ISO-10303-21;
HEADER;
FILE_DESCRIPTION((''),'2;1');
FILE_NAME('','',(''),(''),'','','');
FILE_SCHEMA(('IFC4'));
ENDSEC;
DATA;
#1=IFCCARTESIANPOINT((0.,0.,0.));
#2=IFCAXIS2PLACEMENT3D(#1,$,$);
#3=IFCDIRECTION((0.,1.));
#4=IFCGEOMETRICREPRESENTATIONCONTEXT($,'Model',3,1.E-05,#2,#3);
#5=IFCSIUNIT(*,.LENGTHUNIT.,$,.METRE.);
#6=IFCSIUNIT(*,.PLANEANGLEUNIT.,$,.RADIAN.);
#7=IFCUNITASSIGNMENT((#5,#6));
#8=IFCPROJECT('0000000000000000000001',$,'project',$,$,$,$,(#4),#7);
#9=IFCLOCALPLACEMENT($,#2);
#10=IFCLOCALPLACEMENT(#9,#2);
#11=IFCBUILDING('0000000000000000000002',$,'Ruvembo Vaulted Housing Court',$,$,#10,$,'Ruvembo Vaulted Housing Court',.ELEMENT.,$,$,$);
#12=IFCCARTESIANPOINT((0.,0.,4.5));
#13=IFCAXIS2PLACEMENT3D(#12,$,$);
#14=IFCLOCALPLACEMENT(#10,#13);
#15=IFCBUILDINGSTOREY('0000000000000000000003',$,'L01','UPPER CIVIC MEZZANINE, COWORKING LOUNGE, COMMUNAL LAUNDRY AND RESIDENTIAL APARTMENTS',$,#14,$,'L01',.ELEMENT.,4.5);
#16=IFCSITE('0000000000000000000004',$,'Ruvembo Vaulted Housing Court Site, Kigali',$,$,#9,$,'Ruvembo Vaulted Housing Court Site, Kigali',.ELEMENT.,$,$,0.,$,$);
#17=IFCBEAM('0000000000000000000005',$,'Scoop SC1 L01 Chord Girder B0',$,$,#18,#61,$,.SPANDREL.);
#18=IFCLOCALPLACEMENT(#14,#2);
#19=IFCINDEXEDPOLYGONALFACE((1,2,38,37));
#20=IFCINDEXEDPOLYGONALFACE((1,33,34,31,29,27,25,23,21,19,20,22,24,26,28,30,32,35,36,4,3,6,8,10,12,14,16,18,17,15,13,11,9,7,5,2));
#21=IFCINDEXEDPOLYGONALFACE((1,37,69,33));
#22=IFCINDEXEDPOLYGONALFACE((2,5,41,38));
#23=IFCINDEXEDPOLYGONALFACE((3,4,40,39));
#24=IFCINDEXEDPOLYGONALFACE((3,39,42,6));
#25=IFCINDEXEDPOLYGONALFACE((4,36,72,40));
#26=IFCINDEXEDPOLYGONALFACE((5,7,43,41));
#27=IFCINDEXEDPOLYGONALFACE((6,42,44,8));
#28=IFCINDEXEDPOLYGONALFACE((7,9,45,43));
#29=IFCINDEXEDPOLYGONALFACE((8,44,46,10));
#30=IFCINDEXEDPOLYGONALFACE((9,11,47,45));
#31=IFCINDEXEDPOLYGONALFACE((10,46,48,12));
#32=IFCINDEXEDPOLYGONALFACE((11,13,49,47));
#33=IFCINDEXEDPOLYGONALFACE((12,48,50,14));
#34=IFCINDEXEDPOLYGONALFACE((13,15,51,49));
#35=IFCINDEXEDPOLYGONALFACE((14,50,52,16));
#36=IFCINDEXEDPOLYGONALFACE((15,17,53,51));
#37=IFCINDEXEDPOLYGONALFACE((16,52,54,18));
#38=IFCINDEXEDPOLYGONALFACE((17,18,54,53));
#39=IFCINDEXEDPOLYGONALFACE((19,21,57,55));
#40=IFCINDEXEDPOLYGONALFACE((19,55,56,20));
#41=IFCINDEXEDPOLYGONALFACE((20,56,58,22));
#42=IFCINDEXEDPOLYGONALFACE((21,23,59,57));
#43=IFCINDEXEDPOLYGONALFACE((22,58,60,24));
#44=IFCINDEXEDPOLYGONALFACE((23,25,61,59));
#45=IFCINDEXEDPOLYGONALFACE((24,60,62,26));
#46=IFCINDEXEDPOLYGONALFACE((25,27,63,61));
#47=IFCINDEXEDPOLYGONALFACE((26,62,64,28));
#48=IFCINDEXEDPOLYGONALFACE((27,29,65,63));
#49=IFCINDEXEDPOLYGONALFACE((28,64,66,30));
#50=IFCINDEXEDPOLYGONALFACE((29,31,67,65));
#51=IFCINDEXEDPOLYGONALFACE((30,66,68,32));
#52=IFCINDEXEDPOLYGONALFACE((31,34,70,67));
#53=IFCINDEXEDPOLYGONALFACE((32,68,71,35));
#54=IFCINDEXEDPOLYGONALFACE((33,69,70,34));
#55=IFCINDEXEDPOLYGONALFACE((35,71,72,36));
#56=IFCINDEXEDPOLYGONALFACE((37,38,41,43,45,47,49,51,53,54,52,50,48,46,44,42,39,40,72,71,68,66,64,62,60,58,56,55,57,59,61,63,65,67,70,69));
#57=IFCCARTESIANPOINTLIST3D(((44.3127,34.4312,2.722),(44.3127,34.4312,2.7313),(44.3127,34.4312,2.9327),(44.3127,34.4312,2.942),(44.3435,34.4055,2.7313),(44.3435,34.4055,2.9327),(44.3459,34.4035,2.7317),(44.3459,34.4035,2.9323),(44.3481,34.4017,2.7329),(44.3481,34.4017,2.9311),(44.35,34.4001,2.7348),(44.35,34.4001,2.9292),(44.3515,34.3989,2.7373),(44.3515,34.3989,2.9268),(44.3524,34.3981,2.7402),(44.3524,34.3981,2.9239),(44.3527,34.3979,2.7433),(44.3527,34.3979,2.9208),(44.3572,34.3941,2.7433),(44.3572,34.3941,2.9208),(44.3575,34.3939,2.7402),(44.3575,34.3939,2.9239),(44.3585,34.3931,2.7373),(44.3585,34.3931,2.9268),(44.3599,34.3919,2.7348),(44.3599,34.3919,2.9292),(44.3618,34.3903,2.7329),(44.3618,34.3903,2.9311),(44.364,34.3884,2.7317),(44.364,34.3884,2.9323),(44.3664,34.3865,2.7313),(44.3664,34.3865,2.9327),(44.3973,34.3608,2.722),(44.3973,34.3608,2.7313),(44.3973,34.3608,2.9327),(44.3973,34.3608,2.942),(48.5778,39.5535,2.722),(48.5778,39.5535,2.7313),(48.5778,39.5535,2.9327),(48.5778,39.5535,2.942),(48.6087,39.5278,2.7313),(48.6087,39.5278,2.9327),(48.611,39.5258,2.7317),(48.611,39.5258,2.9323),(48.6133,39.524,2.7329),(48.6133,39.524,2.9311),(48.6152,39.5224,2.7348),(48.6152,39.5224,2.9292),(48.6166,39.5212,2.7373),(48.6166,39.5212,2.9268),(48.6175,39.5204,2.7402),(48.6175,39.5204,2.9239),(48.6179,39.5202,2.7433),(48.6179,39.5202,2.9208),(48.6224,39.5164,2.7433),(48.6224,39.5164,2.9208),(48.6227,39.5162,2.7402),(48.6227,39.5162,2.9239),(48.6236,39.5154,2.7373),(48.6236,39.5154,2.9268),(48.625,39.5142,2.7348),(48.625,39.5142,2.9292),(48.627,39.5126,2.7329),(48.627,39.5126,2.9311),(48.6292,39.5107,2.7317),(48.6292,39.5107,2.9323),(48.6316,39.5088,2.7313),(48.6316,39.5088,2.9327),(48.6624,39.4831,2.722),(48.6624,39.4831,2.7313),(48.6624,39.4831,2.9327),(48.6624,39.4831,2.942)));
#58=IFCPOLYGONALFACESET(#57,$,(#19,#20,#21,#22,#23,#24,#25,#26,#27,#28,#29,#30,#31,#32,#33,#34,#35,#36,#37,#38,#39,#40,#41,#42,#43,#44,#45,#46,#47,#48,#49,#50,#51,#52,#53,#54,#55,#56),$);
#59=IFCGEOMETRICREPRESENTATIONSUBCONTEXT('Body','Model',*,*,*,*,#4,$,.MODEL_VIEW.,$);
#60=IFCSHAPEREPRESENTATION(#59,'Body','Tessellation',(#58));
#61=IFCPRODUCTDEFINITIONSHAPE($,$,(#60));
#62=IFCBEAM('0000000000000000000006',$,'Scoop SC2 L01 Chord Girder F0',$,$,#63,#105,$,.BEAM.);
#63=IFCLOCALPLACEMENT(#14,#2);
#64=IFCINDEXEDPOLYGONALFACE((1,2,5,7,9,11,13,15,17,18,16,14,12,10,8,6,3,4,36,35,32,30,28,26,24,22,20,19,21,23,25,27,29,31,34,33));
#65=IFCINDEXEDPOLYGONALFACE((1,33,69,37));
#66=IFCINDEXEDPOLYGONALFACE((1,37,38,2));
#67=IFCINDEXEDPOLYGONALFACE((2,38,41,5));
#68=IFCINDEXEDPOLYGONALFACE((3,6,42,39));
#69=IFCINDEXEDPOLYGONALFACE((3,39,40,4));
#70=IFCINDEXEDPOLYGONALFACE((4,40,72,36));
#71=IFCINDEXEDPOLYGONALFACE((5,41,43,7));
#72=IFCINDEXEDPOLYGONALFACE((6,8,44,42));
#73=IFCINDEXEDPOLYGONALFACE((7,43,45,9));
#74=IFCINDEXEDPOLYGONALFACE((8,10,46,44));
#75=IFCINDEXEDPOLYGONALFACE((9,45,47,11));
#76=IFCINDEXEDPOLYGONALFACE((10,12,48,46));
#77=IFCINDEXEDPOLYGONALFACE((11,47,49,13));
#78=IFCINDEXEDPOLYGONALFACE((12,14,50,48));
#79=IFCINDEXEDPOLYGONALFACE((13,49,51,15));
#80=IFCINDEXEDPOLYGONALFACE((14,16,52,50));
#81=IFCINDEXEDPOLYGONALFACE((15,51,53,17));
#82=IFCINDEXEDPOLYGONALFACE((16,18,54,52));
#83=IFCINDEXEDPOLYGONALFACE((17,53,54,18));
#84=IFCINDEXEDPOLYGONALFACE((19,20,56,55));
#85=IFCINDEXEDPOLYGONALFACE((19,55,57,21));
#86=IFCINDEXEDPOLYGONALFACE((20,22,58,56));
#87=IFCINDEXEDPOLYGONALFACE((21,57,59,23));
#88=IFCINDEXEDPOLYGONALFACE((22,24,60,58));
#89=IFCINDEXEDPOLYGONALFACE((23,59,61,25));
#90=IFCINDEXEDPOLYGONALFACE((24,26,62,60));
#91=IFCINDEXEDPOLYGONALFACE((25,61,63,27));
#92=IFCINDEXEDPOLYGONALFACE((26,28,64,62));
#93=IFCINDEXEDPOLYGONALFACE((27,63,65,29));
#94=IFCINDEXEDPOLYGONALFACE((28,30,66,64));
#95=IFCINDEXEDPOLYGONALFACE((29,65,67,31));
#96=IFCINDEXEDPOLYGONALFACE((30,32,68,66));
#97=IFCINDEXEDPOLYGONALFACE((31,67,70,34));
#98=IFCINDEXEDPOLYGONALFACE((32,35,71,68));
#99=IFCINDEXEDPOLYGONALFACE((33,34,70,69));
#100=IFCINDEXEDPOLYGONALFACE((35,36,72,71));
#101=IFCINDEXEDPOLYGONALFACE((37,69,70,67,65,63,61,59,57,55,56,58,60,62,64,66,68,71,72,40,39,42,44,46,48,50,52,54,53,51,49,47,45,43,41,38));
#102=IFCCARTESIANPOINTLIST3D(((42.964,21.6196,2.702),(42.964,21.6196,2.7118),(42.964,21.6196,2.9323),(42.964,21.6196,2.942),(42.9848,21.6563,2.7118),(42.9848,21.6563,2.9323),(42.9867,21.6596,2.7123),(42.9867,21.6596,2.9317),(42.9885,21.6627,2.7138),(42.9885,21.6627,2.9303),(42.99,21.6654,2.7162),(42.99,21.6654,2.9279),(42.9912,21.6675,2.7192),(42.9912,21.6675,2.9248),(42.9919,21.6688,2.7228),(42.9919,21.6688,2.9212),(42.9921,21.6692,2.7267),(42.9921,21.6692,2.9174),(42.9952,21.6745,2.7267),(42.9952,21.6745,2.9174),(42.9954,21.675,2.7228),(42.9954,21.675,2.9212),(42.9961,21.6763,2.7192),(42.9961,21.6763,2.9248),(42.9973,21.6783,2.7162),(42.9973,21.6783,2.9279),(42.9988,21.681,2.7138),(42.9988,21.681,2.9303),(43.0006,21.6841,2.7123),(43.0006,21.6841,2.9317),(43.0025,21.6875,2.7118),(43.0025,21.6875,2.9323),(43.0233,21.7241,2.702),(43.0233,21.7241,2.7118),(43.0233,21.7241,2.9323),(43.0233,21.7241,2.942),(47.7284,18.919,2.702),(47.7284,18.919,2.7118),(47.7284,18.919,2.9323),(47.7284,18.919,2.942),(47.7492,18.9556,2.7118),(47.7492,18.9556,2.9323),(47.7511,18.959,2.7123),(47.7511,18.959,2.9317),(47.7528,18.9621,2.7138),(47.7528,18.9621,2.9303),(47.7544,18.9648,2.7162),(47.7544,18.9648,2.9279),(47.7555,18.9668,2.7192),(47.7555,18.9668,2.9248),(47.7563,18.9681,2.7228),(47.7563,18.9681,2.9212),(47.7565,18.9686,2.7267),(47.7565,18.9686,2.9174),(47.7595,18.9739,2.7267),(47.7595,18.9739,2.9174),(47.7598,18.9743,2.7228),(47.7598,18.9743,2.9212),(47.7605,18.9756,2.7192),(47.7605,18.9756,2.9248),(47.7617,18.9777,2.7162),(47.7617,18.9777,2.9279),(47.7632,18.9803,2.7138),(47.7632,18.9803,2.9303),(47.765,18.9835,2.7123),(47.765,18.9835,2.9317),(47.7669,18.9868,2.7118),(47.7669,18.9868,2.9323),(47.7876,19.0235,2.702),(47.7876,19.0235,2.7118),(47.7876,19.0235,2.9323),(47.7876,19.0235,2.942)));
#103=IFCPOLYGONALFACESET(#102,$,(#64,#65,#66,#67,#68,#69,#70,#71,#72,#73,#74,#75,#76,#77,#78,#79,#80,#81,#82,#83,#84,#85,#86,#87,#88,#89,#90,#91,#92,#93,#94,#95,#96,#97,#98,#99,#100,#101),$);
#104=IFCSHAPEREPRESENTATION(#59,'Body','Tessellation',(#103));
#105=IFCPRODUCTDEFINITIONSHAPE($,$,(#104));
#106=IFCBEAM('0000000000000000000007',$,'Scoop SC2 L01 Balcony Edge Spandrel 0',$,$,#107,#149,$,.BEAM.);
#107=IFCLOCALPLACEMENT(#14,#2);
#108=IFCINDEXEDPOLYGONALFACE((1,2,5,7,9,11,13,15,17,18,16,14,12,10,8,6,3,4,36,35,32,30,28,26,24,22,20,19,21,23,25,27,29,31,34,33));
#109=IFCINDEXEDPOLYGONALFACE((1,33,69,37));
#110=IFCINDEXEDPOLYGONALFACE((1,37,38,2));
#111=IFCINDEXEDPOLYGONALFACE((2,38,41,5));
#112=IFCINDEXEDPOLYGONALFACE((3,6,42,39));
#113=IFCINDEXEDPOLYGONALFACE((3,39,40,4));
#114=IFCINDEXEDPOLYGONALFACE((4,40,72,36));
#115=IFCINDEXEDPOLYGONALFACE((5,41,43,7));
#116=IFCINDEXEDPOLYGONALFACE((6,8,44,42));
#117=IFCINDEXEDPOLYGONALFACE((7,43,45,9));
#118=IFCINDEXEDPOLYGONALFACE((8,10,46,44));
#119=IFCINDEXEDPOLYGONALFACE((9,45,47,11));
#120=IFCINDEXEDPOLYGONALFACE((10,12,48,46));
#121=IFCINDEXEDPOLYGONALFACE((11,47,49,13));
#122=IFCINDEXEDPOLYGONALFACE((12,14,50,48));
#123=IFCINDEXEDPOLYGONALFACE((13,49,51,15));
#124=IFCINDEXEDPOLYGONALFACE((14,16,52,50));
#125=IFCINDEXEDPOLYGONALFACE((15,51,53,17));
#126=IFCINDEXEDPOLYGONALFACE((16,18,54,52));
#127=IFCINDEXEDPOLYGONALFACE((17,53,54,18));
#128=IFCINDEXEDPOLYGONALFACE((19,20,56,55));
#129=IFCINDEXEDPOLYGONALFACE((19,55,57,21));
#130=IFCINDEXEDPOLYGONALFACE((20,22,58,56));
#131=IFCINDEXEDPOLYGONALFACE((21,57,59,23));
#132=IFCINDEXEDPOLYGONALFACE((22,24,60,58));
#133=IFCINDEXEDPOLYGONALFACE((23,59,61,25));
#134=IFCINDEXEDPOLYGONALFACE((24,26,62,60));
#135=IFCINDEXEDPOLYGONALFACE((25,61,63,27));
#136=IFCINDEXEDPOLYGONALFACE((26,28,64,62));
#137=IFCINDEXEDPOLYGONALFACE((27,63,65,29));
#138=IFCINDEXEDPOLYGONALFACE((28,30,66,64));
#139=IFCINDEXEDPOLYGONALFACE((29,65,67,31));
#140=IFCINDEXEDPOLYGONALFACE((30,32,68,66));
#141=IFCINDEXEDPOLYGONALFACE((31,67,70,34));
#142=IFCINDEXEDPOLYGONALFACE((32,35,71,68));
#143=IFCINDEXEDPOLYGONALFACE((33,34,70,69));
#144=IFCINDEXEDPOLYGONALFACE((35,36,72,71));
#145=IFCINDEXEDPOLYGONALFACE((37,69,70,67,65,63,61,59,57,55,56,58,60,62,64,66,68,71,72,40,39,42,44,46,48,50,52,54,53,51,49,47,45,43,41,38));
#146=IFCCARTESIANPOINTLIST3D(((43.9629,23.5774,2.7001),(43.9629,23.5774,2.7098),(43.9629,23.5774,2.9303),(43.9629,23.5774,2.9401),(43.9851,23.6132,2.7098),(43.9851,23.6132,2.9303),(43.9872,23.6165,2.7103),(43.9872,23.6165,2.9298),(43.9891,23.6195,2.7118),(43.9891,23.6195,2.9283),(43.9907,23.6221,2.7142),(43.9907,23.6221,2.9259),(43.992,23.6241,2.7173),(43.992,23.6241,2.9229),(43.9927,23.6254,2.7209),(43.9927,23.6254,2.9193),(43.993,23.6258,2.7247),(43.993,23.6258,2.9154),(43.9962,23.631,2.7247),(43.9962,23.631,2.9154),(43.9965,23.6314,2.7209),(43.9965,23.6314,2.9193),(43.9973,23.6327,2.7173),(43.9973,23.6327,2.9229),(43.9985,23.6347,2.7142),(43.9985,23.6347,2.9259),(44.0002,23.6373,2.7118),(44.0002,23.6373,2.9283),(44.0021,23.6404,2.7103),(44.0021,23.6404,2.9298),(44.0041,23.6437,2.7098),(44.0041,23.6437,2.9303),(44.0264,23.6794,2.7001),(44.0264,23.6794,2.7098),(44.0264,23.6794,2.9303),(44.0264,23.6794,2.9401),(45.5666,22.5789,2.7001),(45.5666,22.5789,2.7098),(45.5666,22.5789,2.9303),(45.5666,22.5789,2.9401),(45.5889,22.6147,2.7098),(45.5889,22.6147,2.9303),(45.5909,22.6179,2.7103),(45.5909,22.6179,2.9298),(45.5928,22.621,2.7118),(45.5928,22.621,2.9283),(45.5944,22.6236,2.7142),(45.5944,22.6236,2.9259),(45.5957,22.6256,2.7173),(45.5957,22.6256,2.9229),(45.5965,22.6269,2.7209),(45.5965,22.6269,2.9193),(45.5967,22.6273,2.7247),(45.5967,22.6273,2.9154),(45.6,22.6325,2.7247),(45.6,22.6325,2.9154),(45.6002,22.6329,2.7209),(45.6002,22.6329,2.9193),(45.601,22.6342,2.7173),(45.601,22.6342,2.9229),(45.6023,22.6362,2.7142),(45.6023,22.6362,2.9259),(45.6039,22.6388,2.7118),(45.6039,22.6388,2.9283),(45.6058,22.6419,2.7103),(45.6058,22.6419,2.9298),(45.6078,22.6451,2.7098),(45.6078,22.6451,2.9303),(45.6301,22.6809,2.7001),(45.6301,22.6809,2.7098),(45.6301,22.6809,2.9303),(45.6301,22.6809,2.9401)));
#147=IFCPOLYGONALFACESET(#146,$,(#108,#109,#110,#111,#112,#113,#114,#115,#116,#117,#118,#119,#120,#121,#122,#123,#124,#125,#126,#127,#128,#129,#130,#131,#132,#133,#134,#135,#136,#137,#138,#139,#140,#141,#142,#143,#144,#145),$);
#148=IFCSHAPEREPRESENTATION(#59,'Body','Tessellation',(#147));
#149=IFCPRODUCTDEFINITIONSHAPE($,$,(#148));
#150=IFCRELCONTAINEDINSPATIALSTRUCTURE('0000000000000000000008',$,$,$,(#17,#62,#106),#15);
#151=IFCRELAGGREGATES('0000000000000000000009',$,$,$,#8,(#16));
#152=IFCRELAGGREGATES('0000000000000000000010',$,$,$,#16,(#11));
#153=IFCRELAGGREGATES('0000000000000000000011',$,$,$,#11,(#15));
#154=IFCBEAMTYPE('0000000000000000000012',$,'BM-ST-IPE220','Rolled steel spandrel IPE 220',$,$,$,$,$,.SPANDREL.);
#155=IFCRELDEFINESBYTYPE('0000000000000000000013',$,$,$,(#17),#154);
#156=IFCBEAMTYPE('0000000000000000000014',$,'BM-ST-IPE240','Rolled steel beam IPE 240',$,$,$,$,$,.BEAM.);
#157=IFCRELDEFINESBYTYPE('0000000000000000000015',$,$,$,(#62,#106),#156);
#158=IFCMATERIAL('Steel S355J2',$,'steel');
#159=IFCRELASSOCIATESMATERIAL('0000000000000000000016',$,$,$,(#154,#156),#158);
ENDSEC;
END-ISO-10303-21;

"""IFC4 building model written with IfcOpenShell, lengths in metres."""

from ifc_helpers import new_model, si_unit, direction, frame, origin, origin_2d, place, context, subcontext, project, spatial, i_section, extrude, material, material_profile, profile_set, type_object, element, save


model = new_model("IFC4")

# Units and contexts
model_context = context("Model", 3, precision=1e-05, world=origin(), true_north=direction((0.0, 1.0)))
body_context = subcontext(model_context, "Body", "Model", "MODEL_VIEW")
ifc_project = project(units=[si_unit("LENGTHUNIT", "METRE"), si_unit("PLANEANGLEUNIT", "RADIAN")], contexts=[model_context])

# Site, building, storey
site_placement = place(None, origin())
site = spatial("IfcSite", under=ifc_project, at=site_placement, Name="Ruvembo Vaulted Housing Court Site, Kigali", LongName="Ruvembo Vaulted Housing Court Site, Kigali", CompositionType="ELEMENT", RefElevation=0.0)
building_placement = place(site_placement, origin())
building = spatial("IfcBuilding", under=site, at=building_placement, Name="Ruvembo Vaulted Housing Court", LongName="Ruvembo Vaulted Housing Court", CompositionType="ELEMENT")
storey_placement = place(building_placement, frame((0.0, 0.0, 4.5)))
storey = spatial("IfcBuildingStorey", under=building, at=storey_placement, Name="L01", Description="UPPER CIVIC MEZZANINE, COWORKING LOUNGE, COMMUNAL LAUNDRY AND RESIDENTIAL APARTMENTS", LongName="L01", CompositionType="ELEMENT", Elevation=4.5)

# Beams
ifc_material_1 = material(Name="Steel S355J2", Category="steel")
ifc_material_profile_1 = material_profile(ifc_material_1, i_section(OverallWidth=0.1101, OverallDepth=0.22, WebThickness=0.0059, FlangeThickness=0.0093, FilletRadius=0.012, at=origin_2d()), Name="IPE 220")
ifc_profile_set_1 = profile_set([ifc_material_profile_1], Name="Steel S355J2")
beam_type_1 = type_object("IfcBeamType", Name="BM-ST-IPE220", Description="Rolled steel spandrel IPE 220", PredefinedType="SPANDREL", material=ifc_profile_set_1)
beam_1_placement = place(storey_placement, frame((44.355, 34.396, 2.832), z_axis=(0.639878, 0.768476, 0.0), x_axis=(-0.768476, 0.639878, 0.0)))
element("IfcBeam", 1, at=beam_1_placement, inside=storey, type_object=beam_type_1, Name="Scoop SC1 L01 Chord Girder B0", PredefinedType="SPANDREL", context=body_context, shape_type="SweptSolid", body=[
    extrude(i_section(OverallWidth=0.1101, OverallDepth=0.22, WebThickness=0.0059, FlangeThickness=0.0093, FilletRadius=0.012, at=origin_2d()), origin(), (0.0, 0.0, 1.0), 6.6655),
])
ifc_material_profile_2 = material_profile(ifc_material_1, i_section(OverallWidth=0.1201, OverallDepth=0.24, WebThickness=0.0061, FlangeThickness=0.0098, FilletRadius=0.0149, at=origin_2d()), Name="IPE 240")
ifc_profile_set_2 = profile_set([ifc_material_profile_2], Name="Steel S355J2")
beam_type_2 = type_object("IfcBeamType", Name="BM-ST-IPE240", Description="Rolled steel beam IPE 240", PredefinedType="BEAM", material=ifc_profile_set_2)
beam_2_placement = place(storey_placement, frame((42.9937, 21.6719, 2.822), z_axis=(0.869955, -0.493131, 0.0), x_axis=(0.493131, 0.869955, 0.0)))
element("IfcBeam", 2, at=beam_2_placement, inside=storey, type_object=beam_type_2, Name="Scoop SC2 L01 Chord Girder F0", PredefinedType="BEAM", context=body_context, shape_type="SweptSolid", body=[
    extrude(i_section(OverallWidth=0.1201, OverallDepth=0.24, WebThickness=0.0061, FlangeThickness=0.0098, FilletRadius=0.0149, at=origin_2d()), origin(), (0.0, 0.0, 1.0), 5.4766),
])
beam_3_placement = place(storey_placement, frame((43.9946, 23.6284, 2.8201), z_axis=(0.848905, -0.528546, 0.0), x_axis=(0.528546, 0.848905, 0.0)))
element("IfcBeam", 3, at=beam_3_placement, inside=storey, type_object=beam_type_2, Name="Scoop SC2 L01 Balcony Edge Spandrel 0", PredefinedType="BEAM", context=body_context, shape_type="SweptSolid", body=[
    extrude(i_section(OverallWidth=0.1201, OverallDepth=0.24, WebThickness=0.0061, FlangeThickness=0.0098, FilletRadius=0.0149, at=origin_2d()), origin(), (0.0, 0.0, 1.0), 1.8892),
])

save(model, "model.ifc")
